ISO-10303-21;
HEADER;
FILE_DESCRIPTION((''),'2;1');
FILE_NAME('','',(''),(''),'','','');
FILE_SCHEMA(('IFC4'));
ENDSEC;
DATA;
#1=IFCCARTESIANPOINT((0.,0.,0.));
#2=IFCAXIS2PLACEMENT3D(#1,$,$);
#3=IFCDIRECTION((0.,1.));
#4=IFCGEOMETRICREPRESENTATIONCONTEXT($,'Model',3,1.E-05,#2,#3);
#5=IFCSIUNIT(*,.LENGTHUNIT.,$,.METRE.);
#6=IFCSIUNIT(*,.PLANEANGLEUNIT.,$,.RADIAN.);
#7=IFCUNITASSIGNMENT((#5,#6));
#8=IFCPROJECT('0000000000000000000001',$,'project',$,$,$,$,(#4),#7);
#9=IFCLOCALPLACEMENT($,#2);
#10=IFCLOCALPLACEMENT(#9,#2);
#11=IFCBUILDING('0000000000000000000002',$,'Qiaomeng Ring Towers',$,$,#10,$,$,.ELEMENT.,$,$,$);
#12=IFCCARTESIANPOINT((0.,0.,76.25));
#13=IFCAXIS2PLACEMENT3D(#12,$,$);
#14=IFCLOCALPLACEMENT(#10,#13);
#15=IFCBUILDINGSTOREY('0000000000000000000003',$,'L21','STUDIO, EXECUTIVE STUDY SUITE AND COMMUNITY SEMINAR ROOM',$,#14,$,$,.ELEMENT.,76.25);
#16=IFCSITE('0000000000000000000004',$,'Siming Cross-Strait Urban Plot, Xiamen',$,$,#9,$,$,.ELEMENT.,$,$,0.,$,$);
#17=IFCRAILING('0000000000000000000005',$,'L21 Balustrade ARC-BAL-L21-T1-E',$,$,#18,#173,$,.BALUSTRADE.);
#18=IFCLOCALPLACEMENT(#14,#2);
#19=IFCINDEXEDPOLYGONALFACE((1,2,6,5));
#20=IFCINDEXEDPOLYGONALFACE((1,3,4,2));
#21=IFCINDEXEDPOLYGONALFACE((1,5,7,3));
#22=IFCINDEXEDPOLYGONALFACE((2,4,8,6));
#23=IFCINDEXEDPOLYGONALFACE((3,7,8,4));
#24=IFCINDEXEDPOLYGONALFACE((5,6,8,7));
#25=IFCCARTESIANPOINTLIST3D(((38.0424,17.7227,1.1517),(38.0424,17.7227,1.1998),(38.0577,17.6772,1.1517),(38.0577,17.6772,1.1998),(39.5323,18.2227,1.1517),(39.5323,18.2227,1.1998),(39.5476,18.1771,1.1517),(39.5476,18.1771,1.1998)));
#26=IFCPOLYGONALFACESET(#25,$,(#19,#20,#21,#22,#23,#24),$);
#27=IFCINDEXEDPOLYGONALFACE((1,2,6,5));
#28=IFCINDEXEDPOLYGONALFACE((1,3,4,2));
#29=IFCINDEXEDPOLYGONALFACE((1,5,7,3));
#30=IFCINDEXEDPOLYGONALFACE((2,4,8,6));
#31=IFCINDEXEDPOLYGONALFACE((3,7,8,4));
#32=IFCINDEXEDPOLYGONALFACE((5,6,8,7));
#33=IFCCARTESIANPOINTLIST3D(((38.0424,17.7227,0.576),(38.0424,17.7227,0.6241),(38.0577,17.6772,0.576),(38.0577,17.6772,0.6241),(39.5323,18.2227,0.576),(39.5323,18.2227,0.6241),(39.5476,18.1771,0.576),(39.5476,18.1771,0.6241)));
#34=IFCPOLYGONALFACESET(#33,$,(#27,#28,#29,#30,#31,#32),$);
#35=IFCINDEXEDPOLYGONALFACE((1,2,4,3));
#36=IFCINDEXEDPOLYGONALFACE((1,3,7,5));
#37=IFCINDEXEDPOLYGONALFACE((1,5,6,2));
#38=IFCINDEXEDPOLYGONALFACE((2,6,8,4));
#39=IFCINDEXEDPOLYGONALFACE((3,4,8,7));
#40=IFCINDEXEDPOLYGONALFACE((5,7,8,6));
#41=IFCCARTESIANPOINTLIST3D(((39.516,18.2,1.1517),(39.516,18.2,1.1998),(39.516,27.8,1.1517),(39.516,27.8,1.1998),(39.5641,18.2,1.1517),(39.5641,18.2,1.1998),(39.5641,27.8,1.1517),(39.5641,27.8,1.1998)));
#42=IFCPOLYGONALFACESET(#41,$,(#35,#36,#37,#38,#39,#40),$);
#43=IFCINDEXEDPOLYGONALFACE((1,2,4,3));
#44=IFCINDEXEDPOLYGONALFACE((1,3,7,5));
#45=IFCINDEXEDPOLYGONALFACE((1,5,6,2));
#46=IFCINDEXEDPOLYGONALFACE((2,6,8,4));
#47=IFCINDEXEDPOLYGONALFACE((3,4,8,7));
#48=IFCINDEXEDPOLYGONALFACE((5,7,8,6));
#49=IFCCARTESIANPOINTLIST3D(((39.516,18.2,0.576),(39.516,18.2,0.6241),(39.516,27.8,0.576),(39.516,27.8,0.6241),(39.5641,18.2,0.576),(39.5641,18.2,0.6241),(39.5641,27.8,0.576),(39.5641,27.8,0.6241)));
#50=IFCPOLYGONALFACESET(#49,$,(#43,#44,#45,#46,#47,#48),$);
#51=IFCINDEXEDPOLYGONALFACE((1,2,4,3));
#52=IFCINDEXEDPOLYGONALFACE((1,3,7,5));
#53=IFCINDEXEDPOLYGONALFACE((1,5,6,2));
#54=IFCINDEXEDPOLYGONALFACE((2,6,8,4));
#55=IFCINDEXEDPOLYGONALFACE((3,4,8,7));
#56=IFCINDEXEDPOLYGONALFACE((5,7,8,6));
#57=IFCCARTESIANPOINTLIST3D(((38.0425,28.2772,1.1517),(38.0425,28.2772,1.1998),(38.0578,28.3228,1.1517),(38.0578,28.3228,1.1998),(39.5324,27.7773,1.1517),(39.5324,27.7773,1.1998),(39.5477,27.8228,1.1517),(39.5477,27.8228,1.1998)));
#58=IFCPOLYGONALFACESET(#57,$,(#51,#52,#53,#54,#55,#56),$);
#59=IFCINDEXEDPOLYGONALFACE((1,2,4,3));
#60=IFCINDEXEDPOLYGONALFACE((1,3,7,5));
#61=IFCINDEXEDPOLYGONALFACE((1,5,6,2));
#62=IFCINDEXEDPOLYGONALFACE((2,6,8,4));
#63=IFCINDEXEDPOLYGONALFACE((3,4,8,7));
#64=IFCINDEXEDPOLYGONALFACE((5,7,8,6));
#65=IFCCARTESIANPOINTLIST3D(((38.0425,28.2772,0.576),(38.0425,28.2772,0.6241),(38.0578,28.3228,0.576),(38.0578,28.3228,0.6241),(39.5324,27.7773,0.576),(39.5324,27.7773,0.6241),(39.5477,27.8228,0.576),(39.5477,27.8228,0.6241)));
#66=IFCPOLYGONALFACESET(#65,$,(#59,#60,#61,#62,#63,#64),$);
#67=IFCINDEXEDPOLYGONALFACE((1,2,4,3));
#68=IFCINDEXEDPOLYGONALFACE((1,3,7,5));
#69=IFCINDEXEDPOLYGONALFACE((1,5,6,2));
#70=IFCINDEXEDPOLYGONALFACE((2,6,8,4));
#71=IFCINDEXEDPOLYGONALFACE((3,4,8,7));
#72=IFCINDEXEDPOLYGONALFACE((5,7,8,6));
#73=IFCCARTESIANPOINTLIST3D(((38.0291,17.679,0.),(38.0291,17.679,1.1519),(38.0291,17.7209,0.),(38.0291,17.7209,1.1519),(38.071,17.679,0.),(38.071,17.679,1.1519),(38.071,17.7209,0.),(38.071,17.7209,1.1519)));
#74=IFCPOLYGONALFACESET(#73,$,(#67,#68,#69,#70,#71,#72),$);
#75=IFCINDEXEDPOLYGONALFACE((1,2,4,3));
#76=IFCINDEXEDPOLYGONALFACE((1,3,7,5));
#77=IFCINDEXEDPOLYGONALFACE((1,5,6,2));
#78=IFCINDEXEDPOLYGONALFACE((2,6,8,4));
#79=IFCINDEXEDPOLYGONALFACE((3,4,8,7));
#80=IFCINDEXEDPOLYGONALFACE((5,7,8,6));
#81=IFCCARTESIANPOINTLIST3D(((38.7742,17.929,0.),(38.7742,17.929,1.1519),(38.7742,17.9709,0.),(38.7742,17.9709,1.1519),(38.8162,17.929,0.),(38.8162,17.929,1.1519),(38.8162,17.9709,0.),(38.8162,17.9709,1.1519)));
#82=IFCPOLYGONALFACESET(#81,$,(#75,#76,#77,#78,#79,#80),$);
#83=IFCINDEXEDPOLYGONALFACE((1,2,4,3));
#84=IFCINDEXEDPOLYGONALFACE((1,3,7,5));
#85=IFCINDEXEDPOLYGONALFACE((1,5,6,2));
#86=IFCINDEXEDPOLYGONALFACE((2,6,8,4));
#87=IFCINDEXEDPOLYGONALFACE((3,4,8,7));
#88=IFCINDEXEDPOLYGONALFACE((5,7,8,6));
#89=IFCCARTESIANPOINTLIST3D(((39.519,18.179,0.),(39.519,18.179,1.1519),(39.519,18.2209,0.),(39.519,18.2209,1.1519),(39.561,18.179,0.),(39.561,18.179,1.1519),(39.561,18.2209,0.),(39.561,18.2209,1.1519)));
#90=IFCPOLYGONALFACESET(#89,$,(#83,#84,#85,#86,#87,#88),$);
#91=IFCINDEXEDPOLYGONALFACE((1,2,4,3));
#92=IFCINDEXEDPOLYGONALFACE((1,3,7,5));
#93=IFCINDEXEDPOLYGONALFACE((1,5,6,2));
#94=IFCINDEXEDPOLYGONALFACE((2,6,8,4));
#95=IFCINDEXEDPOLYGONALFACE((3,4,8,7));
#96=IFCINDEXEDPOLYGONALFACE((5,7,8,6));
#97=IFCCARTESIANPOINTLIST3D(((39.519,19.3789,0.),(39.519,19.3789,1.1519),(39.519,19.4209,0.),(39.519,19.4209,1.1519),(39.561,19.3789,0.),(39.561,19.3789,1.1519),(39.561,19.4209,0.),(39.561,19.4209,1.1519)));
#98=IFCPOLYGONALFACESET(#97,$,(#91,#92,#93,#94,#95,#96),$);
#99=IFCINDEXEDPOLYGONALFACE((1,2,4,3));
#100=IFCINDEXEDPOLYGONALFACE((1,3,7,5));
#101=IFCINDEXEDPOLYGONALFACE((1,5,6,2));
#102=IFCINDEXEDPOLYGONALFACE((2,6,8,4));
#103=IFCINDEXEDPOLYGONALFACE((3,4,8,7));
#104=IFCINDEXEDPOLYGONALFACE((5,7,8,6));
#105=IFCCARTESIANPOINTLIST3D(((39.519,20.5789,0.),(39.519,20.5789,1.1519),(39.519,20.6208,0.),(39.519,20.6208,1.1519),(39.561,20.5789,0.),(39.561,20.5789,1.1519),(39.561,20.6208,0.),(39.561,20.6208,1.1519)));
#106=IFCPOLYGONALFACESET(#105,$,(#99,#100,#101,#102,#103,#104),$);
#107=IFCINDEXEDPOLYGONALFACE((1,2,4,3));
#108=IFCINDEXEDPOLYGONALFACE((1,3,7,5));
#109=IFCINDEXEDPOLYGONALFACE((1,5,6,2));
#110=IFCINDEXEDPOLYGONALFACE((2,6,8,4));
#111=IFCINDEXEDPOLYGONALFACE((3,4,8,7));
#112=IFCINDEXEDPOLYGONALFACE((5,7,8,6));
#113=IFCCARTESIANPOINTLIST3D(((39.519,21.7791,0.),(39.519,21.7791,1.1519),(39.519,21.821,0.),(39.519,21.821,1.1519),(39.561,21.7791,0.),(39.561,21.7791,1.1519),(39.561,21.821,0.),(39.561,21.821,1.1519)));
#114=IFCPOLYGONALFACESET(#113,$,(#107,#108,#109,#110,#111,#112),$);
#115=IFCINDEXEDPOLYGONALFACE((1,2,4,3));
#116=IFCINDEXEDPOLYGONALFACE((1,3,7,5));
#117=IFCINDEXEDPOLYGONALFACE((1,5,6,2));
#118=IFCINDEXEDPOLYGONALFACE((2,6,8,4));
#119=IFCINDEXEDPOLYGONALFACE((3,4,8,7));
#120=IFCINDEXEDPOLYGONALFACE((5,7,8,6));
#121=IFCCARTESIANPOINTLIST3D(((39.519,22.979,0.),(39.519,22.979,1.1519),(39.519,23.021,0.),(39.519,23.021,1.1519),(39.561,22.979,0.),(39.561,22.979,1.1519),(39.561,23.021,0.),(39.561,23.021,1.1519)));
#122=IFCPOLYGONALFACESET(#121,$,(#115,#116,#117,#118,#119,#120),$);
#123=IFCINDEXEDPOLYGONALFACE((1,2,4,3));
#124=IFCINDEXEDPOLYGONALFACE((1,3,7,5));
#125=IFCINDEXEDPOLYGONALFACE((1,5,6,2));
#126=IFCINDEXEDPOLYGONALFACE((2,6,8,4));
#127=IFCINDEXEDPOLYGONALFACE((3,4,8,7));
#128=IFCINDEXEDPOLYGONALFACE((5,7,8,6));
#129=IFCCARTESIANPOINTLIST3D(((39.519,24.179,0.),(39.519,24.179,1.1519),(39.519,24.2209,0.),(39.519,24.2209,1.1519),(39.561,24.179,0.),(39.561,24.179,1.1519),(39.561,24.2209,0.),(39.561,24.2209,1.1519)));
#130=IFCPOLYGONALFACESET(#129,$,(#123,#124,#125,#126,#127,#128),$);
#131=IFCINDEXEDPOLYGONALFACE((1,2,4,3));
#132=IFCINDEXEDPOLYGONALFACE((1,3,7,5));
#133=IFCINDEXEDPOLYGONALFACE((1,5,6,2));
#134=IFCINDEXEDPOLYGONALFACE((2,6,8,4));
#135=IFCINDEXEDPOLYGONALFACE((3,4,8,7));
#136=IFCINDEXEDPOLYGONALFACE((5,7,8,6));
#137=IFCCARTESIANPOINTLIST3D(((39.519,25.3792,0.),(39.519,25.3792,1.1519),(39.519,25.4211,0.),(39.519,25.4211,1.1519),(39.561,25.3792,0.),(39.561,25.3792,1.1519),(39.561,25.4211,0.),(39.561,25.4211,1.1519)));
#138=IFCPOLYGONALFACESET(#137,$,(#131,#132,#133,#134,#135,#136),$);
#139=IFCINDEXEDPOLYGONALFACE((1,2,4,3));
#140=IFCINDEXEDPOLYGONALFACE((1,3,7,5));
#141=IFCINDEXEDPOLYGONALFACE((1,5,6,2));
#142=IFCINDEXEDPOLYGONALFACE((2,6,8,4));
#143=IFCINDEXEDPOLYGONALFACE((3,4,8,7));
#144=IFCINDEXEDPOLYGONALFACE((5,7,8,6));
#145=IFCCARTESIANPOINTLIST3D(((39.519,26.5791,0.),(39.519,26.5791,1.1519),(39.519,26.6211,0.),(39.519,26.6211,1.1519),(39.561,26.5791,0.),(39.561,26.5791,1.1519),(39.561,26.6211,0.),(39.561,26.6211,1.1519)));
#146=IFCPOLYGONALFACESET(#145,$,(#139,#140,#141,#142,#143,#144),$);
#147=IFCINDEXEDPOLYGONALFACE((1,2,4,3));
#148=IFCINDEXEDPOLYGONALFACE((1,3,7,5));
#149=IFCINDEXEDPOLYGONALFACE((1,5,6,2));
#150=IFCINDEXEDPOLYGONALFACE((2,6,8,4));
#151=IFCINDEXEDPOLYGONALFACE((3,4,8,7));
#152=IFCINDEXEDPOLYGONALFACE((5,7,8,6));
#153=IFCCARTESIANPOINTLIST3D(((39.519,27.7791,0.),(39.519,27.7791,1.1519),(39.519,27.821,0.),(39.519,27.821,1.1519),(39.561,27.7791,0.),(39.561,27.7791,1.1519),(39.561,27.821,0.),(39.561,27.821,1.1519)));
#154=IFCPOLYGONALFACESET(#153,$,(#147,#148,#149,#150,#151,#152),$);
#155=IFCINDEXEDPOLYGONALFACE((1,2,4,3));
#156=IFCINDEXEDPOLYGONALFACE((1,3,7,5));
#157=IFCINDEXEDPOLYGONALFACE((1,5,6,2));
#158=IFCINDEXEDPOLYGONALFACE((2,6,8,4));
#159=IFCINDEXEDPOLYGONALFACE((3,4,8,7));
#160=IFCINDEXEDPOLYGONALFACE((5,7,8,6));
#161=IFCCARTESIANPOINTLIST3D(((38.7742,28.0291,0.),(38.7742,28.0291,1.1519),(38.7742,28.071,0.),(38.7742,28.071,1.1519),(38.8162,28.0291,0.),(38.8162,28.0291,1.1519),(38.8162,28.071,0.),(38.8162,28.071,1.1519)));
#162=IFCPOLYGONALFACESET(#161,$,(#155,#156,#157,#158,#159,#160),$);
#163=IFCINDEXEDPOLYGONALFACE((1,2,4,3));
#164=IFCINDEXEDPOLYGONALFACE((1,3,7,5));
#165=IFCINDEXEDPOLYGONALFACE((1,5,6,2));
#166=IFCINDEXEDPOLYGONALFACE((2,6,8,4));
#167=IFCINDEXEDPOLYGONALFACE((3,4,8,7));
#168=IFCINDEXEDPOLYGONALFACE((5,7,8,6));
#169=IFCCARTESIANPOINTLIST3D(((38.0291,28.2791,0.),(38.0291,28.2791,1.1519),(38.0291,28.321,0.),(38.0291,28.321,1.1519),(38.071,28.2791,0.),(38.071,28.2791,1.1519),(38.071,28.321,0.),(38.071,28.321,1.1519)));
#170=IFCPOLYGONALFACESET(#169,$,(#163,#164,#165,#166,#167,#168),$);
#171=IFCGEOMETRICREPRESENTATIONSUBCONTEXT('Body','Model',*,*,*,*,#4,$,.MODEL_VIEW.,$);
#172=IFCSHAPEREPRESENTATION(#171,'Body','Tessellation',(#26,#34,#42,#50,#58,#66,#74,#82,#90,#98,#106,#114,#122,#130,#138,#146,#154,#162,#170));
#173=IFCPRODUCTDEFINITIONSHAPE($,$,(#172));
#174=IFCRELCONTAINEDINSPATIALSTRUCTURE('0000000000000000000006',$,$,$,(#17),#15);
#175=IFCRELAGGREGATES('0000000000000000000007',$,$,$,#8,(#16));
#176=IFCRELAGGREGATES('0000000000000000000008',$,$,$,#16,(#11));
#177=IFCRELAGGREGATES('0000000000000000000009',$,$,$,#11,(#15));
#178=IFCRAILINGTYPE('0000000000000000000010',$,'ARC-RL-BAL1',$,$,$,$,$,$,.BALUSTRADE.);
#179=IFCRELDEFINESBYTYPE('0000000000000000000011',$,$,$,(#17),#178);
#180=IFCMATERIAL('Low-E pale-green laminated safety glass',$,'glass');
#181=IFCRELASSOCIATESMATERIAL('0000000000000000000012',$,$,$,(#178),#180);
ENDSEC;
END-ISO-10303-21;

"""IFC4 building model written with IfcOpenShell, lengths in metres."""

from ifc_helpers import new_model, si_unit, direction, frame, origin, origin_2d, place, context, subcontext, project, spatial, rectangle, extrude, material, type_object, element, save


model = new_model("IFC4")

# Units and contexts
model_context = context("Model", 3, precision=1e-05, world=origin(), true_north=direction((0.0, 1.0)))
body_context = subcontext(model_context, "Body", "Model", "MODEL_VIEW")
ifc_project = project(units=[si_unit("LENGTHUNIT", "METRE"), si_unit("PLANEANGLEUNIT", "RADIAN")], contexts=[model_context])

# Site, building, storey
site_placement = place(None, origin())
site = spatial("IfcSite", under=ifc_project, at=site_placement, Name="Siming Cross-Strait Urban Plot, Xiamen", CompositionType="ELEMENT", RefElevation=0.0)
building_placement = place(site_placement, origin())
building = spatial("IfcBuilding", under=site, at=building_placement, Name="Qiaomeng Ring Towers", CompositionType="ELEMENT")
storey_placement = place(building_placement, frame((0.0, 0.0, 76.25)))
storey = spatial("IfcBuildingStorey", under=building, at=storey_placement, Name="L21", Description="STUDIO, EXECUTIVE STUDY SUITE AND COMMUNITY SEMINAR ROOM", CompositionType="ELEMENT", Elevation=76.25)

# Railing
ifc_material_1 = material(Name="Low-E pale-green laminated safety glass", Category="glass")
railing_type = type_object("IfcRailingType", Name="ARC-RL-BAL1", PredefinedType="BALUSTRADE", material=ifc_material_1)
railing_1_placement = place(storey_placement, frame((38.05, 17.7, 0.0)))
element("IfcRailing", 1, at=railing_1_placement, inside=storey, type_object=railing_type, Name="L21 Balustrade ARC-BAL-L21-T1-E", PredefinedType="BALUSTRADE", context=body_context, shape_type="SweptSolid", body=[
    extrude(rectangle(XDim=0.0481, YDim=0.0481, at=origin_2d()), frame((0.0, 0.0, 1.1758), z_axis=(0.948044, 0.318138, 0.0), x_axis=(-0.318138, 0.948044, 0.0)), (0.0, 0.0, 1.0), 1.5715),
    extrude(rectangle(XDim=0.0481, YDim=0.0481, at=origin_2d()), frame((0.0, 0.0, 0.6001), z_axis=(0.948044, 0.318138, 0.0), x_axis=(-0.318138, 0.948044, 0.0)), (0.0, 0.0, 1.0), 1.5715),
    extrude(rectangle(XDim=0.0481, YDim=0.0481, at=origin_2d()), frame((1.49, 0.5, 1.1758), z_axis=(0.0, 1.0, 0.0), x_axis=(-1.0, 0.0, 0.0)), (0.0, 0.0, 1.0), 9.6001),
    extrude(rectangle(XDim=0.0481, YDim=0.0481, at=origin_2d()), frame((1.49, 0.5, 0.6001), z_axis=(0.0, 1.0, 0.0), x_axis=(-1.0, 0.0, 0.0)), (0.0, 0.0, 1.0), 9.6001),
    extrude(rectangle(XDim=0.0481, YDim=0.0481, at=origin_2d()), frame((1.49, 10.1001, 1.1758), z_axis=(-0.948044, 0.318138, 0.0), x_axis=(-0.318138, -0.948044, 0.0)), (0.0, 0.0, 1.0), 1.5715),
    extrude(rectangle(XDim=0.0481, YDim=0.0481, at=origin_2d()), frame((1.49, 10.1001, 0.6001), z_axis=(-0.948044, 0.318138, 0.0), x_axis=(-0.318138, -0.948044, 0.0)), (0.0, 0.0, 1.0), 1.5715),
    extrude(rectangle(XDim=0.042, YDim=0.042, at=origin_2d()), origin(), (0.0, 0.0, 1.0), 1.1519),
    extrude(rectangle(XDim=0.042, YDim=0.042, at=origin_2d()), frame((0.7451, 0.25, 0.0)), (0.0, 0.0, 1.0), 1.1519),
    extrude(rectangle(XDim=0.042, YDim=0.042, at=origin_2d()), frame((1.49, 0.5, 0.0)), (0.0, 0.0, 1.0), 1.1519),
    extrude(rectangle(XDim=0.042, YDim=0.042, at=origin_2d()), frame((1.49, 1.7, 0.0)), (0.0, 0.0, 1.0), 1.1519),
    extrude(rectangle(XDim=0.042, YDim=0.042, at=origin_2d()), frame((1.49, 2.8999, 0.0)), (0.0, 0.0, 1.0), 1.1519),
    extrude(rectangle(XDim=0.042, YDim=0.042, at=origin_2d()), frame((1.49, 4.1001, 0.0)), (0.0, 0.0, 1.0), 1.1519),
    extrude(rectangle(XDim=0.042, YDim=0.042, at=origin_2d()), frame((1.49, 5.3, 0.0)), (0.0, 0.0, 1.0), 1.1519),
    extrude(rectangle(XDim=0.042, YDim=0.042, at=origin_2d()), frame((1.49, 6.5, 0.0)), (0.0, 0.0, 1.0), 1.1519),
    extrude(rectangle(XDim=0.042, YDim=0.042, at=origin_2d()), frame((1.49, 7.7002, 0.0)), (0.0, 0.0, 1.0), 1.1519),
    extrude(rectangle(XDim=0.042, YDim=0.042, at=origin_2d()), frame((1.49, 8.9001, 0.0)), (0.0, 0.0, 1.0), 1.1519),
    extrude(rectangle(XDim=0.042, YDim=0.042, at=origin_2d()), frame((1.49, 10.1001, 0.0)), (0.0, 0.0, 1.0), 1.1519),
    extrude(rectangle(XDim=0.042, YDim=0.042, at=origin_2d()), frame((0.7451, 10.3501, 0.0)), (0.0, 0.0, 1.0), 1.1519),
    extrude(rectangle(XDim=0.042, YDim=0.042, at=origin_2d()), frame((0.0, 10.6001, 0.0)), (0.0, 0.0, 1.0), 1.1519),
])

save(model, "model.ifc")
